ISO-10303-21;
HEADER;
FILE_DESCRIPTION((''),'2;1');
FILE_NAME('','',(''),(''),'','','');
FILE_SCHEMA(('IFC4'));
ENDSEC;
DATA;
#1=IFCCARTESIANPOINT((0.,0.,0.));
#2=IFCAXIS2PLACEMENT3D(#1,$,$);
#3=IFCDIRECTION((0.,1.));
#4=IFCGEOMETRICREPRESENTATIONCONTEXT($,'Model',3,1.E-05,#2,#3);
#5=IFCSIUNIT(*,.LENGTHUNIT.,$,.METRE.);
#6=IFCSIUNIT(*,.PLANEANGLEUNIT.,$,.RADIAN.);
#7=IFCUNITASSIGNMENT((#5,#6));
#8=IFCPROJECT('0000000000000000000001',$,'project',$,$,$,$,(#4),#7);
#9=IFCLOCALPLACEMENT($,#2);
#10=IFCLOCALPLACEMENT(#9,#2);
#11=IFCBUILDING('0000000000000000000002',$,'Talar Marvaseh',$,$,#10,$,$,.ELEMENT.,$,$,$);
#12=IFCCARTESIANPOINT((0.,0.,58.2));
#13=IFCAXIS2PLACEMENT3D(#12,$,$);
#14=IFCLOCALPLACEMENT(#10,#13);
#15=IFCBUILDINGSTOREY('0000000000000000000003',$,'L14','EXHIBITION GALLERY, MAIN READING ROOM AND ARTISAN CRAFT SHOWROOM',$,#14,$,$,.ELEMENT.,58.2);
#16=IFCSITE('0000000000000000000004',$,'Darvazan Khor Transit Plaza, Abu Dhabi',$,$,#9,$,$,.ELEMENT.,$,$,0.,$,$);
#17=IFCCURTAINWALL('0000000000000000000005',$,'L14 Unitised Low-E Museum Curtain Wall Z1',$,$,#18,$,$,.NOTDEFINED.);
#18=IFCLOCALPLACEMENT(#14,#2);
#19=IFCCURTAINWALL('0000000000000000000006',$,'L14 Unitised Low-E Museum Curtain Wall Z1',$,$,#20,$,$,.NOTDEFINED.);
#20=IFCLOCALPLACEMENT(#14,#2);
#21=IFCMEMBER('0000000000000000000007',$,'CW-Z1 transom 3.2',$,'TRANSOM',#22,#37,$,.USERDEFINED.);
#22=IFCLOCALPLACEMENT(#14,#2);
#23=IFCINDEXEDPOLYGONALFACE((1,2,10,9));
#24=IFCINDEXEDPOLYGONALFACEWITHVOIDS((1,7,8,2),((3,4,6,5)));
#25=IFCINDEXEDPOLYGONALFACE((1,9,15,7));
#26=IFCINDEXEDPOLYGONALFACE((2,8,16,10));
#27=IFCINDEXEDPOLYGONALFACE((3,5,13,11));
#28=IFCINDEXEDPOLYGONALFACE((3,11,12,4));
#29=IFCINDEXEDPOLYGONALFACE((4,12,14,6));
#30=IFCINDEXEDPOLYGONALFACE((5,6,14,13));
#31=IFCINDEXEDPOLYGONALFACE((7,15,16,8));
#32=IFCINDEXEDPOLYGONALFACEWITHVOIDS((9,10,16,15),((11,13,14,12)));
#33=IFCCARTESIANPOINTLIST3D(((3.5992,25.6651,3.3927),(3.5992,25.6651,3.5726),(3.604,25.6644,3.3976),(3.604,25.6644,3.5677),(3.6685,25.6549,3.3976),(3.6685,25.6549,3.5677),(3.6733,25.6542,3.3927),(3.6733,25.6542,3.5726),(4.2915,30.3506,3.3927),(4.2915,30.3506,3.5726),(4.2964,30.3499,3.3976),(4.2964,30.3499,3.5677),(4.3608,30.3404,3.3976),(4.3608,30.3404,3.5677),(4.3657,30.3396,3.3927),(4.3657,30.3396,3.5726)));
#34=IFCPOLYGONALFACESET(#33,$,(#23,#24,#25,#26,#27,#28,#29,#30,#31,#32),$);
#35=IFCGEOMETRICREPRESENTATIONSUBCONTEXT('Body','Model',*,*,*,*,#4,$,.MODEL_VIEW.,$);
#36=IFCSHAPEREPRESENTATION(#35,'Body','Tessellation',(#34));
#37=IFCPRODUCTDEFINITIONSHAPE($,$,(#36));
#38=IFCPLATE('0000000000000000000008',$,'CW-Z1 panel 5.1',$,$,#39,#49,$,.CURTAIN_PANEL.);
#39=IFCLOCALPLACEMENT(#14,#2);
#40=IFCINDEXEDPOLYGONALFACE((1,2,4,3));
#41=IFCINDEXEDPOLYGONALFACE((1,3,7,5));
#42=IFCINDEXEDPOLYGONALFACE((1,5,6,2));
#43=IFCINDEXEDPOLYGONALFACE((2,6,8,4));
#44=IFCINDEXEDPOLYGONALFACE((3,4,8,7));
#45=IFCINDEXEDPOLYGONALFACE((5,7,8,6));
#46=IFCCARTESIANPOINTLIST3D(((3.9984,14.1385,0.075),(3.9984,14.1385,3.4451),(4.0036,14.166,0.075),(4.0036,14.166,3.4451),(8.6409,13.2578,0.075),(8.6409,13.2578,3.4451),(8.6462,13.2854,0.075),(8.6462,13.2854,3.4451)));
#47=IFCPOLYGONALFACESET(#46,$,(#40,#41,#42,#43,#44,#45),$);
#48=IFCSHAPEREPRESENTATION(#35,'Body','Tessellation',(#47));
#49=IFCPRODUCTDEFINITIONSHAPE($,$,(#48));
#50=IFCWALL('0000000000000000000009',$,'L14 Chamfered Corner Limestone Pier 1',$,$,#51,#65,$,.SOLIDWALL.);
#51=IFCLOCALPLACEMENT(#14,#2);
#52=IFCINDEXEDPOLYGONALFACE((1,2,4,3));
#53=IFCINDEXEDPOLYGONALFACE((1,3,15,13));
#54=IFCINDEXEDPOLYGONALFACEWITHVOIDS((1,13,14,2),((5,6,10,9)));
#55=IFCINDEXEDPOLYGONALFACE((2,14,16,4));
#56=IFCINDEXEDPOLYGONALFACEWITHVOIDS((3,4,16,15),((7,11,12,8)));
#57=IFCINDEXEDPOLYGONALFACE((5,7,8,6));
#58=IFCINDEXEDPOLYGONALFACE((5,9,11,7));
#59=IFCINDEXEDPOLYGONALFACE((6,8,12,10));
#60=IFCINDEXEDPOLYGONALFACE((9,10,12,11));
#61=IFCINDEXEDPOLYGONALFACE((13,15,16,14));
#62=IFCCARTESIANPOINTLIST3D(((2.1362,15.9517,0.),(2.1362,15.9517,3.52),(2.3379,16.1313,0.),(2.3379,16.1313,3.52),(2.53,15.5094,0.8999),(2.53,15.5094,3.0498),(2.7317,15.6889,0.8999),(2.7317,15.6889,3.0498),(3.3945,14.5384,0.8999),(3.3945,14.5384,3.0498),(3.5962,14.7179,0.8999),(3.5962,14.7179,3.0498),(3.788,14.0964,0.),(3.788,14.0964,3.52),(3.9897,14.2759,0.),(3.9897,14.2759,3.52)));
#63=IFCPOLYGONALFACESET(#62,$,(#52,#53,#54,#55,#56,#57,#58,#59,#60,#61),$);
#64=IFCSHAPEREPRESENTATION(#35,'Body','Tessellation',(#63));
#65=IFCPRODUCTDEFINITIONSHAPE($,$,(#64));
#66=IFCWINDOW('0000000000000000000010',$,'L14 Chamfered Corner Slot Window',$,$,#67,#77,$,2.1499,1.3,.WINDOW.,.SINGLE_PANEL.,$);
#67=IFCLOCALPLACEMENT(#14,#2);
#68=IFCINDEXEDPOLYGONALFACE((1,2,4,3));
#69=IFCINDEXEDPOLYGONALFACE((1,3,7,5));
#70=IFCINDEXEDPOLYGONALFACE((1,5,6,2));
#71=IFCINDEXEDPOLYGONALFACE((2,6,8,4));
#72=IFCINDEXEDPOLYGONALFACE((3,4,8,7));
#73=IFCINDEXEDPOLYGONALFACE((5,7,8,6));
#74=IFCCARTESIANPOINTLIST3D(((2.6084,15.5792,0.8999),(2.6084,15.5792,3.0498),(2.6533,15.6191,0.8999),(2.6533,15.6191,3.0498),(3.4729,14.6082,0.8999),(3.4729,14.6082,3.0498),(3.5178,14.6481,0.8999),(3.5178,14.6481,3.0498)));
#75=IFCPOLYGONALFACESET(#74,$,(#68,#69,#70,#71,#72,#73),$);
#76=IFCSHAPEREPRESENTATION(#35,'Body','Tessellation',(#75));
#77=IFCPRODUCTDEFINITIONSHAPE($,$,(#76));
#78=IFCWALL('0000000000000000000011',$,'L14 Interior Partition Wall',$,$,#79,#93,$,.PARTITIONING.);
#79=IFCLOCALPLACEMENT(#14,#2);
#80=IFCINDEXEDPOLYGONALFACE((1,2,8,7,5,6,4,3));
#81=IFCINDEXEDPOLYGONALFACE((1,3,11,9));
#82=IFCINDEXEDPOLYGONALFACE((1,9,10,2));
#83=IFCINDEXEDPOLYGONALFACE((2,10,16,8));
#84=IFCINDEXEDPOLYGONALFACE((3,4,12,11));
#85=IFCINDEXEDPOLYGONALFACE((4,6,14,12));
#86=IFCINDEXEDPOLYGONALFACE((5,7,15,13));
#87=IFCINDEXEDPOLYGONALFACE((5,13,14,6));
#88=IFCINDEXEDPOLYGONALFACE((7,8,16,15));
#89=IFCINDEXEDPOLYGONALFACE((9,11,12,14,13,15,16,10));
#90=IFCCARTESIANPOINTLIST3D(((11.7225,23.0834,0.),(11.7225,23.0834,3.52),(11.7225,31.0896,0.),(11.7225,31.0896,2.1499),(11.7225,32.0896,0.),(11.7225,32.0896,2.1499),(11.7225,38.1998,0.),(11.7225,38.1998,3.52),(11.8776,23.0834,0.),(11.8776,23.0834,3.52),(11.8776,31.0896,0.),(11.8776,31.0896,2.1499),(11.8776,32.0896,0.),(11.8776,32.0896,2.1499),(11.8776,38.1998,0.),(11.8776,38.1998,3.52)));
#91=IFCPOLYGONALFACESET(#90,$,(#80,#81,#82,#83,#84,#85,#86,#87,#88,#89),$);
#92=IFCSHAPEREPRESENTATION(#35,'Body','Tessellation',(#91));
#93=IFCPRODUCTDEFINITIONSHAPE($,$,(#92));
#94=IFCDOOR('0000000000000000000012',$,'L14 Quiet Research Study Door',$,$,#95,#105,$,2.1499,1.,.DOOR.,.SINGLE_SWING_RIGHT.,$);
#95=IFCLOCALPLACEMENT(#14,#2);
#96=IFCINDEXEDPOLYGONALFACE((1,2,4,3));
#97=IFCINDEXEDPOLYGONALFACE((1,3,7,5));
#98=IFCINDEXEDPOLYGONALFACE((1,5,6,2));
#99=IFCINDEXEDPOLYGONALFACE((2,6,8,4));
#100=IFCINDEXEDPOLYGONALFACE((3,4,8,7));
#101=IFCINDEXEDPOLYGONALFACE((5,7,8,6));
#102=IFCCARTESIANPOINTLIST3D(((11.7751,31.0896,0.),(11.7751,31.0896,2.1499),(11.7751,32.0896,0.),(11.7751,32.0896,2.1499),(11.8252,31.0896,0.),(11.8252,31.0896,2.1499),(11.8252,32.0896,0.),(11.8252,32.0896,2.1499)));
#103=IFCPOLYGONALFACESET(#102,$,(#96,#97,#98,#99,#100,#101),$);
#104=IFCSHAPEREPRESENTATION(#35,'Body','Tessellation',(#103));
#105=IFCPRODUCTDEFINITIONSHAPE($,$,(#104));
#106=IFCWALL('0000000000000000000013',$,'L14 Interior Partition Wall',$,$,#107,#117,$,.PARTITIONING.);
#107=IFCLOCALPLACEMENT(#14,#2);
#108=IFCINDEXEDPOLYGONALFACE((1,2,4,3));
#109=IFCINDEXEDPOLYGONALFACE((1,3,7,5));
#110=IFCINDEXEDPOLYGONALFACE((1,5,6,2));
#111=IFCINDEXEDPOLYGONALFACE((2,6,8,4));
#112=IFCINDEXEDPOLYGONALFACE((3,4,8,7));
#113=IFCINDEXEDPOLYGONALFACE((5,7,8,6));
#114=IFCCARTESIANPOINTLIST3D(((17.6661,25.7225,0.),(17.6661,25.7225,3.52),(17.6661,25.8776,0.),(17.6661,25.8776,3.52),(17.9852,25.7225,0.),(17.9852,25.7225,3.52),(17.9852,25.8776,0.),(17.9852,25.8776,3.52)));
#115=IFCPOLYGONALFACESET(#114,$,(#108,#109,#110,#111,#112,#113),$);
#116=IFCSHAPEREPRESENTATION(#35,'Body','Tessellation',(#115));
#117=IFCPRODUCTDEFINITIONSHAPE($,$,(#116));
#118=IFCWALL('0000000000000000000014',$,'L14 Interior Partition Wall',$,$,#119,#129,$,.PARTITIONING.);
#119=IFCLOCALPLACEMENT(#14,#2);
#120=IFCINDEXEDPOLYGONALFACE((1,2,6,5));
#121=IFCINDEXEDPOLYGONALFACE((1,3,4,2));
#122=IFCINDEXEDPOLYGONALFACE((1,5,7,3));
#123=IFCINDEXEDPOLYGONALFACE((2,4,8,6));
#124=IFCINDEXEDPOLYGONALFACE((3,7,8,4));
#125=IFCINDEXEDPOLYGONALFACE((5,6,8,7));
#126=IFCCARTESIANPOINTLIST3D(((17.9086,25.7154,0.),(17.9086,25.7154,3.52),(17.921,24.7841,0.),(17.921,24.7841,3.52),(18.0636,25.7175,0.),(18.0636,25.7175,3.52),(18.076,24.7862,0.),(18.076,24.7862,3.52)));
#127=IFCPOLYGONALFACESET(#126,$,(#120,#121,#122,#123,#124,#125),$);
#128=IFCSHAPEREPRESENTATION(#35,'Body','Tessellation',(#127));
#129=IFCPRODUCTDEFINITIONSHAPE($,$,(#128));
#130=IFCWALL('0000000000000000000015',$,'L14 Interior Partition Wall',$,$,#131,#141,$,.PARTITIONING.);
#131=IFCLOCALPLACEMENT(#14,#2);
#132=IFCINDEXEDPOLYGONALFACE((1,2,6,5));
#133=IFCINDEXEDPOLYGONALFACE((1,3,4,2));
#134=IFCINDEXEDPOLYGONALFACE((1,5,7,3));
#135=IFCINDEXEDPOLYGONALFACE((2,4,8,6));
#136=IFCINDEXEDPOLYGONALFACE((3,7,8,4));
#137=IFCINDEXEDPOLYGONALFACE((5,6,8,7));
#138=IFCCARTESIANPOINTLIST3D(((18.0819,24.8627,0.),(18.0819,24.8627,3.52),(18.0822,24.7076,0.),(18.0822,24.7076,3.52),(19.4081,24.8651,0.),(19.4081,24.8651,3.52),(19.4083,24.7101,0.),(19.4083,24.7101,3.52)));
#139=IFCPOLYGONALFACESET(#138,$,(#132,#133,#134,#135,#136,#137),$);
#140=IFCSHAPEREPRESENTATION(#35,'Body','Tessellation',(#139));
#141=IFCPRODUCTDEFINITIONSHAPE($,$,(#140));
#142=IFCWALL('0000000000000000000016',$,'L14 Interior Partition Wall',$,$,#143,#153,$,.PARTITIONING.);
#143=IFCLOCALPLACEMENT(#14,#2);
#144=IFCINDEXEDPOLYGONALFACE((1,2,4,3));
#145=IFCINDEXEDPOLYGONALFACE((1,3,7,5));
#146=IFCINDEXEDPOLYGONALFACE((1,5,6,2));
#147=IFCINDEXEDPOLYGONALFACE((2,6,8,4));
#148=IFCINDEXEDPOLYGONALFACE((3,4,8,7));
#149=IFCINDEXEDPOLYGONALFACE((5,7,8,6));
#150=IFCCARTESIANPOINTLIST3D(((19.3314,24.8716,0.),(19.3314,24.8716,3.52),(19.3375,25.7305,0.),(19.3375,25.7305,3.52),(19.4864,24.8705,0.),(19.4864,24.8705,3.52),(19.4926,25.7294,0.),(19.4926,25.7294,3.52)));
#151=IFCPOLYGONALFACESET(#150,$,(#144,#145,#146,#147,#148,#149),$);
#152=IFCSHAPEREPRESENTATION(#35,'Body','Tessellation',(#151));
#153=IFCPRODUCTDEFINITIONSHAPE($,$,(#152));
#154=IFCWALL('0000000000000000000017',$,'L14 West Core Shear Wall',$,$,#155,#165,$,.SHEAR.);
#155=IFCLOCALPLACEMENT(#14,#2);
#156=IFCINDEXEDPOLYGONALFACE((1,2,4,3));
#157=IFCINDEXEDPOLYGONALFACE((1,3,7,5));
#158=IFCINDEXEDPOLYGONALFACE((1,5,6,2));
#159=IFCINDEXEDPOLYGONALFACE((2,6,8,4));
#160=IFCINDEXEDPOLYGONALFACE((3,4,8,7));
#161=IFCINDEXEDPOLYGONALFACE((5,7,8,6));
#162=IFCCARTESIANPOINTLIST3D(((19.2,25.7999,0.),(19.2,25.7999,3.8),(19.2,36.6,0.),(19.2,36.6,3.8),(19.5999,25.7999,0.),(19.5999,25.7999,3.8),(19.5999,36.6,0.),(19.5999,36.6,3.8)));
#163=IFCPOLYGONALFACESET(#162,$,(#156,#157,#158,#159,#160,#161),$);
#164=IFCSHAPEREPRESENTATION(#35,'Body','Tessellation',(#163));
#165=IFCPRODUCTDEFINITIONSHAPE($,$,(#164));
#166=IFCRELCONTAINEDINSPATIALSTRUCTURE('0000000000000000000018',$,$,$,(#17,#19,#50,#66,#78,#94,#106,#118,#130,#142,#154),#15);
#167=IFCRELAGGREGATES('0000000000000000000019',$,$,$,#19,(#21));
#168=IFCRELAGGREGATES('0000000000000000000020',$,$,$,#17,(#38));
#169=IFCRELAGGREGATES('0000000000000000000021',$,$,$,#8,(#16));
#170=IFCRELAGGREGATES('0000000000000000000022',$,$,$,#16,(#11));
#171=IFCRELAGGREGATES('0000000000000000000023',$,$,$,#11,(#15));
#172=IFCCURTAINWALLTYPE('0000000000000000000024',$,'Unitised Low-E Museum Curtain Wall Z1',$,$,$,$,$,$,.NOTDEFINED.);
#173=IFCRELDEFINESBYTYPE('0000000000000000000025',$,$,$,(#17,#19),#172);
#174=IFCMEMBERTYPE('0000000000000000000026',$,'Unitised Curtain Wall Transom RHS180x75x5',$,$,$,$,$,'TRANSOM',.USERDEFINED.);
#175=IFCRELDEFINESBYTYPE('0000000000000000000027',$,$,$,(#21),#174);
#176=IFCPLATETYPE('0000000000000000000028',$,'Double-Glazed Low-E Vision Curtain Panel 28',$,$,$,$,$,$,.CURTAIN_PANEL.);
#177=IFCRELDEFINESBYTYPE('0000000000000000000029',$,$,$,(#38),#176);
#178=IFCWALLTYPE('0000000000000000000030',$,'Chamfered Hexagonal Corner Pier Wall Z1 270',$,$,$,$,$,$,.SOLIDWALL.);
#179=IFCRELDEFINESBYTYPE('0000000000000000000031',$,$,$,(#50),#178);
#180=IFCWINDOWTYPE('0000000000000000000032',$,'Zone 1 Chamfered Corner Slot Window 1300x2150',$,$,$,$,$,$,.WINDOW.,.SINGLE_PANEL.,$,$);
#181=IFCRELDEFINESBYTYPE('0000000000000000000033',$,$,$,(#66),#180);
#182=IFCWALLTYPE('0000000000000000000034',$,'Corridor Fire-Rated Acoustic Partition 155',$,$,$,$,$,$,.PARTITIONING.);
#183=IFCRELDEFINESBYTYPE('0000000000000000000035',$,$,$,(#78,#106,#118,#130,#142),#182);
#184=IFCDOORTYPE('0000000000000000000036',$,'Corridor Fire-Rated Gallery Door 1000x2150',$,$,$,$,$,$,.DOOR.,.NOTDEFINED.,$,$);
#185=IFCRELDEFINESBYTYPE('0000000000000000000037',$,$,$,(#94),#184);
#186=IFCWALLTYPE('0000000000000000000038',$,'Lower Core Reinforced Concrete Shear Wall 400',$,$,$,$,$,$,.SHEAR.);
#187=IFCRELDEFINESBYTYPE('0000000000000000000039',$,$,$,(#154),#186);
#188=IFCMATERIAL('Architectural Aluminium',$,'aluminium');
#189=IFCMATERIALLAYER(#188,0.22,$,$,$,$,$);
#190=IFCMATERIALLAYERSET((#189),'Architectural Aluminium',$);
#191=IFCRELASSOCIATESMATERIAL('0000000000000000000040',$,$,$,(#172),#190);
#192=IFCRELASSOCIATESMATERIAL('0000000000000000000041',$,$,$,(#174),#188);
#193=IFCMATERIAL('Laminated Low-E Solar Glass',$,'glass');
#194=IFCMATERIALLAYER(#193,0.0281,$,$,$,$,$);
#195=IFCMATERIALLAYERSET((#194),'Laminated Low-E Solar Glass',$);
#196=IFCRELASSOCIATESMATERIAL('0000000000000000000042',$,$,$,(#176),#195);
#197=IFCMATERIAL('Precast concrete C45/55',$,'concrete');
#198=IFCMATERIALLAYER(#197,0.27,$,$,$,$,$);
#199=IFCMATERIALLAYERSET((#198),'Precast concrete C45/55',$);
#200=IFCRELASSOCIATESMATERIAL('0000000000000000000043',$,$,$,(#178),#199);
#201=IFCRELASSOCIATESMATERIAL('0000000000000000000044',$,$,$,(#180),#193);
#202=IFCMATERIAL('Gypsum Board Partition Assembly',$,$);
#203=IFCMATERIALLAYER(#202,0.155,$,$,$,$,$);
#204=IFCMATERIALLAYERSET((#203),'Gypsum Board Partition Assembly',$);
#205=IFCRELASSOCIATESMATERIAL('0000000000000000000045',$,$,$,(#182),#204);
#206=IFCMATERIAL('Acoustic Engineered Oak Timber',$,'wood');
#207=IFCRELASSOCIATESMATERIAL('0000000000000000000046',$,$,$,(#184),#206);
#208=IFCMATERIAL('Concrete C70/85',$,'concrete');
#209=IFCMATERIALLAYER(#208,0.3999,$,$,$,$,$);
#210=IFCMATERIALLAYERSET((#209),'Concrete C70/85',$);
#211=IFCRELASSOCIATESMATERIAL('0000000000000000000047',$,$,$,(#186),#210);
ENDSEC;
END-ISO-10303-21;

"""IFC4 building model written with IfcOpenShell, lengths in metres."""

from ifc_helpers import new_model, si_unit, direction, frame, frame_2d, origin, origin_2d, place, context, subcontext, project, spatial, rectangle, hollow_rectangle, extrude, source, transform, mapped, material, layer, layer_set, material_profile, profile_set, type_object, type_shapes, element, fill, aggregate, save


model = new_model("IFC4")

# Units and contexts
model_context = context("Model", 3, precision=1e-05, world=origin(), true_north=direction((0.0, 1.0)))
body_context = subcontext(model_context, "Body", "Model", "MODEL_VIEW")
ifc_project = project(units=[si_unit("LENGTHUNIT", "METRE"), si_unit("PLANEANGLEUNIT", "RADIAN")], contexts=[model_context])

# Site, building, storey
site_placement = place(None, origin())
site = spatial("IfcSite", under=ifc_project, at=site_placement, Name="Darvazan Khor Transit Plaza, Abu Dhabi", CompositionType="ELEMENT", RefElevation=0.0)
building_placement = place(site_placement, origin())
building = spatial("IfcBuilding", under=site, at=building_placement, Name="Talar Marvaseh", CompositionType="ELEMENT")
storey_placement = place(building_placement, frame((0.0, 0.0, 58.2)))
storey = spatial("IfcBuildingStorey", under=building, at=storey_placement, Name="L14", Description="EXHIBITION GALLERY, MAIN READING ROOM AND ARTISAN CRAFT SHOWROOM", CompositionType="ELEMENT", Elevation=58.2)

# Shared definitions
ifc_material_1 = material(Name="Concrete C70/85", Category="concrete")

# Curtain walls, member
ifc_material_2 = material(Name="Architectural Aluminium", Category="aluminium")
ifc_layer_1 = layer(ifc_material_2, 0.22)
ifc_layer_set_1 = layer_set([ifc_layer_1], Name="Architectural Aluminium")
curtain_wall_type = type_object("IfcCurtainWallType", Name="Unitised Low-E Museum Curtain Wall Z1", PredefinedType="NOTDEFINED", material=ifc_layer_set_1)
curtain_wall_1_placement = place(storey_placement, origin())
curtain_wall_1 = element("IfcCurtainWall", 1, at=curtain_wall_1_placement, inside=storey, type_object=curtain_wall_type, Name="L14 Unitised Low-E Museum Curtain Wall Z1", PredefinedType="NOTDEFINED")
curtain_wall_2_placement = place(storey_placement, origin())
curtain_wall_2 = element("IfcCurtainWall", 2, at=curtain_wall_2_placement, inside=storey, type_object=curtain_wall_type, Name="L14 Unitised Low-E Museum Curtain Wall Z1", PredefinedType="NOTDEFINED")
ifc_material_profile_1 = material_profile(ifc_material_2, hollow_rectangle(XDim=0.075, YDim=0.1799, WallThickness=0.0049, at=origin_2d()), Name="RHS180x75x5")
ifc_profile_set_1 = profile_set([ifc_material_profile_1], Name="Architectural Aluminium")
member_type_1 = type_object("IfcMemberType", Name="Unitised Curtain Wall Transom RHS180x75x5", ElementType="TRANSOM", PredefinedType="USERDEFINED", material=ifc_profile_set_1)
shared_shape_1 = source(origin(), body_context, "Body", "SweptSolid", [
    extrude(hollow_rectangle(XDim=0.075, YDim=0.1799, WallThickness=0.0049, at=origin_2d()), origin(), (0.0, 0.0, 1.0), 4.7363),
])
type_shapes(member_type_1, [shared_shape_1])
member_1_placement = place(storey_placement, frame((3.6362, 25.6597, 3.4827), z_axis=(0.146183, 0.989258, 0.0), x_axis=(-0.989258, 0.146183, 0.0)))
member_1 = element("IfcMember", 3, at=member_1_placement, type_object=member_type_1, Name="CW-Z1 transom 3.2", ObjectType="TRANSOM", PredefinedType="USERDEFINED", context=body_context, shape_type="MappedRepresentation", body=[
    mapped(shared_shape_1, transform((0.0, 0.0, 0.0), x_axis=(1.0, 0.0, 0.0), y_axis=(0.0, 1.0, 0.0), z_axis=(0.0, 0.0, 1.0), scale=1.0)),
])
aggregate(curtain_wall_2, [member_1])

# Plate
ifc_material_3 = material(Name="Laminated Low-E Solar Glass", Category="glass")
ifc_layer_2 = layer(ifc_material_3, 0.0281)
ifc_layer_set_2 = layer_set([ifc_layer_2], Name="Laminated Low-E Solar Glass")
plate_type = type_object("IfcPlateType", Name="Double-Glazed Low-E Vision Curtain Panel 28", PredefinedType="CURTAIN_PANEL", material=ifc_layer_set_2)
shared_shape_2 = source(origin(), body_context, "Body", "SweptSolid", [
    extrude(rectangle(XDim=4.7253, YDim=0.0281, at=origin_2d()), origin(), (0.0, 0.0, 1.0), 3.3701),
])
type_shapes(plate_type, [shared_shape_2])
plate_placement = place(storey_placement, frame((6.3223, 13.7119, 0.075), z_axis=(0.0, 0.0, 1.0), x_axis=(-0.982479, 0.186373, 0.0)))
plate = element("IfcPlate", 4, at=plate_placement, type_object=plate_type, Name="CW-Z1 panel 5.1", PredefinedType="CURTAIN_PANEL", context=body_context, shape_type="MappedRepresentation", body=[
    mapped(shared_shape_2, transform((0.0, 0.0, 0.0), x_axis=(1.0, 0.0, 0.0), y_axis=(0.0, 1.0, 0.0), z_axis=(0.0, 0.0, 1.0), scale=1.0)),
])
aggregate(curtain_wall_1, [plate])

# Wall, opening, window
ifc_material_4 = material(Name="Precast concrete C45/55", Category="concrete")
ifc_layer_3 = layer(ifc_material_4, 0.27)
ifc_layer_set_3 = layer_set([ifc_layer_3], Name="Precast concrete C45/55")
wall_type_1 = type_object("IfcWallType", Name="Chamfered Hexagonal Corner Pier Wall Z1 270", PredefinedType="SOLIDWALL", material=ifc_layer_set_3)
wall_1_placement = place(storey_placement, frame((3.8889, 14.186, 0.0), z_axis=(0.0, 0.0, 1.0), x_axis=(-0.664937, 0.746899, 0.0)))
wall_1 = element("IfcWall", 5, at=wall_1_placement, inside=storey, type_object=wall_type_1, Name="L14 Chamfered Corner Limestone Pier 1", PredefinedType="SOLIDWALL", context=body_context, shape_type="SweptSolid", body=[
    extrude(rectangle(XDim=2.4841, YDim=0.27, at=frame_2d((1.2422, 0.0))), origin(), (0.0, 0.0, 1.0), 3.52),
])
opening_1_placement = place(wall_1_placement, frame((0.592, 0.0, 0.8999)))
opening_1 = element("IfcOpeningElement", 6, at=opening_1_placement, cuts=wall_1, PredefinedType="OPENING", context=body_context, shape_type="SweptSolid", body=[
    extrude(rectangle(XDim=1.3, YDim=2.1499, at=frame_2d((0.6499, 1.075))), frame((0.0, 0.145, 0.0), z_axis=(0.0, -1.0, 0.0), x_axis=(1.0, 0.0, 0.0)), (0.0, 0.0, 1.0), 0.29),
])
window_type = type_object("IfcWindowType", Name="Zone 1 Chamfered Corner Slot Window 1300x2150", PartitioningType="SINGLE_PANEL", PredefinedType="WINDOW", material=ifc_material_3)
shared_shape_3 = source(origin(), body_context, "Body", "SweptSolid", [
    extrude(rectangle(XDim=1.3, YDim=2.1499, at=frame_2d((0.6499, 1.075))), frame((0.0, 0.03, 0.0), z_axis=(0.0, -1.0, 0.0), x_axis=(1.0, 0.0, 0.0)), (0.0, 0.0, 1.0), 0.0601),
])
type_shapes(window_type, [shared_shape_3])
window_placement = place(opening_1_placement, origin())
window = element("IfcWindow", 7, at=window_placement, inside=storey, type_object=window_type, Name="L14 Chamfered Corner Slot Window", OverallHeight=2.1499, OverallWidth=1.3, PartitioningType="SINGLE_PANEL", PredefinedType="WINDOW", context=body_context, shape_type="MappedRepresentation", body=[
    mapped(shared_shape_3, transform((0.0, 0.0, 0.0), x_axis=(1.0, 0.0, 0.0), y_axis=(0.0, 1.0, 0.0), z_axis=(0.0, 0.0, 1.0), scale=1.0)),
])
fill(opening_1, window)

# Wall, opening, door
ifc_material_5 = material(Name="Gypsum Board Partition Assembly")
ifc_layer_4 = layer(ifc_material_5, 0.155)
ifc_layer_set_4 = layer_set([ifc_layer_4], Name="Gypsum Board Partition Assembly")
wall_type_2 = type_object("IfcWallType", Name="Corridor Fire-Rated Acoustic Partition 155", PredefinedType="PARTITIONING", material=ifc_layer_set_4)
wall_2_placement = place(storey_placement, frame((11.8, 23.0835, 0.0), z_axis=(0.0, 0.0, 1.0), x_axis=(0.0, 1.0, 0.0)))
wall_2 = element("IfcWall", 8, at=wall_2_placement, inside=storey, type_object=wall_type_2, Name="L14 Interior Partition Wall", PredefinedType="PARTITIONING", context=body_context, shape_type="SweptSolid", body=[
    extrude(rectangle(XDim=15.1165, YDim=0.155, at=frame_2d((7.5581, 0.0))), origin(), (0.0, 0.0, 1.0), 3.52),
])
opening_2_placement = place(wall_2_placement, frame((8.0061, 0.0, 0.0)))
opening_2 = element("IfcOpeningElement", 9, at=opening_2_placement, cuts=wall_2, PredefinedType="OPENING", context=body_context, shape_type="SweptSolid", body=[
    extrude(rectangle(XDim=1.0, YDim=2.1499, at=frame_2d((0.5, 1.075))), frame((0.0, 0.0874, 0.0), z_axis=(0.0, -1.0, 0.0), x_axis=(1.0, 0.0, 0.0)), (0.0, 0.0, 1.0), 0.175),
])
ifc_material_6 = material(Name="Acoustic Engineered Oak Timber", Category="wood")
door_type = type_object("IfcDoorType", Name="Corridor Fire-Rated Gallery Door 1000x2150", OperationType="NOTDEFINED", PredefinedType="DOOR", material=ifc_material_6)
shared_shape_4 = source(origin(), body_context, "Body", "SweptSolid", [
    extrude(rectangle(XDim=1.0, YDim=2.1499, at=frame_2d((0.5, 1.075))), frame((0.0, 0.0249, 0.0), z_axis=(0.0, -1.0, 0.0), x_axis=(1.0, 0.0, 0.0)), (0.0, 0.0, 1.0), 0.05),
])
type_shapes(door_type, [shared_shape_4])
door_placement = place(opening_2_placement, origin())
door = element("IfcDoor", 10, at=door_placement, inside=storey, type_object=door_type, Name="L14 Quiet Research Study Door", OperationType="SINGLE_SWING_RIGHT", OverallHeight=2.1499, OverallWidth=1.0, PredefinedType="DOOR", context=body_context, shape_type="MappedRepresentation", body=[
    mapped(shared_shape_4, transform((0.0, 0.0, 0.0), x_axis=(1.0, 0.0, 0.0), y_axis=(0.0, 1.0, 0.0), z_axis=(0.0, 0.0, 1.0), scale=1.0)),
])
fill(opening_2, door)

# Walls
wall_3_placement = place(storey_placement, frame((17.666, 25.8, 0.0), z_axis=(0.0, 0.0, 1.0), x_axis=(1.0, 0.0, 0.0)))
element("IfcWall", 11, at=wall_3_placement, inside=storey, type_object=wall_type_2, Name="L14 Interior Partition Wall", PredefinedType="PARTITIONING", context=body_context, shape_type="SweptSolid", body=[
    extrude(rectangle(XDim=0.3191, YDim=0.155, at=frame_2d((0.1597, 0.0))), origin(), (0.0, 0.0, 1.0), 3.52),
])
wall_4_placement = place(storey_placement, frame((17.9861, 25.7166, 0.0), z_axis=(0.0, 0.0, 1.0), x_axis=(0.013367, -0.999911, 0.0)))
element("IfcWall", 12, at=wall_4_placement, inside=storey, type_object=wall_type_2, Name="L14 Interior Partition Wall", PredefinedType="PARTITIONING", context=body_context, shape_type="SweptSolid", body=[
    extrude(rectangle(XDim=0.9314, YDim=0.155, at=frame_2d((0.4658, 0.0))), origin(), (0.0, 0.0, 1.0), 3.52),
])
wall_5_placement = place(storey_placement, frame((18.082, 24.7852, 0.0), z_axis=(0.0, 0.0, 1.0), x_axis=(0.999998, 0.001841, 0.0)))
element("IfcWall", 13, at=wall_5_placement, inside=storey, type_object=wall_type_2, Name="L14 Interior Partition Wall", PredefinedType="PARTITIONING", context=body_context, shape_type="SweptSolid", body=[
    extrude(rectangle(XDim=1.3262, YDim=0.155, at=frame_2d((0.6631, 0.0))), origin(), (0.0, 0.0, 1.0), 3.52),
])
wall_6_placement = place(storey_placement, frame((19.4089, 24.8711, 0.0), z_axis=(0.0, 0.0, 1.0), x_axis=(0.007106, 0.999975, 0.0)))
element("IfcWall", 14, at=wall_6_placement, inside=storey, type_object=wall_type_2, Name="L14 Interior Partition Wall", PredefinedType="PARTITIONING", context=body_context, shape_type="SweptSolid", body=[
    extrude(rectangle(XDim=0.8589, YDim=0.155, at=frame_2d((0.4294, 0.0))), origin(), (0.0, 0.0, 1.0), 3.52),
])
ifc_layer_5 = layer(ifc_material_1, 0.3999)
ifc_layer_set_5 = layer_set([ifc_layer_5], Name="Concrete C70/85")
wall_type_3 = type_object("IfcWallType", Name="Lower Core Reinforced Concrete Shear Wall 400", PredefinedType="SHEAR", material=ifc_layer_set_5)
wall_7_placement = place(storey_placement, frame((19.3999, 25.8, 0.0), z_axis=(0.0, 0.0, 1.0), x_axis=(0.0, 1.0, 0.0)))
element("IfcWall", 15, at=wall_7_placement, inside=storey, type_object=wall_type_3, Name="L14 West Core Shear Wall", PredefinedType="SHEAR", context=body_context, shape_type="SweptSolid", body=[
    extrude(rectangle(XDim=10.8, YDim=0.3999, at=frame_2d((5.3999, 0.0))), origin(), (0.0, 0.0, 1.0), 3.8),
])

save(model, "model.ifc")
